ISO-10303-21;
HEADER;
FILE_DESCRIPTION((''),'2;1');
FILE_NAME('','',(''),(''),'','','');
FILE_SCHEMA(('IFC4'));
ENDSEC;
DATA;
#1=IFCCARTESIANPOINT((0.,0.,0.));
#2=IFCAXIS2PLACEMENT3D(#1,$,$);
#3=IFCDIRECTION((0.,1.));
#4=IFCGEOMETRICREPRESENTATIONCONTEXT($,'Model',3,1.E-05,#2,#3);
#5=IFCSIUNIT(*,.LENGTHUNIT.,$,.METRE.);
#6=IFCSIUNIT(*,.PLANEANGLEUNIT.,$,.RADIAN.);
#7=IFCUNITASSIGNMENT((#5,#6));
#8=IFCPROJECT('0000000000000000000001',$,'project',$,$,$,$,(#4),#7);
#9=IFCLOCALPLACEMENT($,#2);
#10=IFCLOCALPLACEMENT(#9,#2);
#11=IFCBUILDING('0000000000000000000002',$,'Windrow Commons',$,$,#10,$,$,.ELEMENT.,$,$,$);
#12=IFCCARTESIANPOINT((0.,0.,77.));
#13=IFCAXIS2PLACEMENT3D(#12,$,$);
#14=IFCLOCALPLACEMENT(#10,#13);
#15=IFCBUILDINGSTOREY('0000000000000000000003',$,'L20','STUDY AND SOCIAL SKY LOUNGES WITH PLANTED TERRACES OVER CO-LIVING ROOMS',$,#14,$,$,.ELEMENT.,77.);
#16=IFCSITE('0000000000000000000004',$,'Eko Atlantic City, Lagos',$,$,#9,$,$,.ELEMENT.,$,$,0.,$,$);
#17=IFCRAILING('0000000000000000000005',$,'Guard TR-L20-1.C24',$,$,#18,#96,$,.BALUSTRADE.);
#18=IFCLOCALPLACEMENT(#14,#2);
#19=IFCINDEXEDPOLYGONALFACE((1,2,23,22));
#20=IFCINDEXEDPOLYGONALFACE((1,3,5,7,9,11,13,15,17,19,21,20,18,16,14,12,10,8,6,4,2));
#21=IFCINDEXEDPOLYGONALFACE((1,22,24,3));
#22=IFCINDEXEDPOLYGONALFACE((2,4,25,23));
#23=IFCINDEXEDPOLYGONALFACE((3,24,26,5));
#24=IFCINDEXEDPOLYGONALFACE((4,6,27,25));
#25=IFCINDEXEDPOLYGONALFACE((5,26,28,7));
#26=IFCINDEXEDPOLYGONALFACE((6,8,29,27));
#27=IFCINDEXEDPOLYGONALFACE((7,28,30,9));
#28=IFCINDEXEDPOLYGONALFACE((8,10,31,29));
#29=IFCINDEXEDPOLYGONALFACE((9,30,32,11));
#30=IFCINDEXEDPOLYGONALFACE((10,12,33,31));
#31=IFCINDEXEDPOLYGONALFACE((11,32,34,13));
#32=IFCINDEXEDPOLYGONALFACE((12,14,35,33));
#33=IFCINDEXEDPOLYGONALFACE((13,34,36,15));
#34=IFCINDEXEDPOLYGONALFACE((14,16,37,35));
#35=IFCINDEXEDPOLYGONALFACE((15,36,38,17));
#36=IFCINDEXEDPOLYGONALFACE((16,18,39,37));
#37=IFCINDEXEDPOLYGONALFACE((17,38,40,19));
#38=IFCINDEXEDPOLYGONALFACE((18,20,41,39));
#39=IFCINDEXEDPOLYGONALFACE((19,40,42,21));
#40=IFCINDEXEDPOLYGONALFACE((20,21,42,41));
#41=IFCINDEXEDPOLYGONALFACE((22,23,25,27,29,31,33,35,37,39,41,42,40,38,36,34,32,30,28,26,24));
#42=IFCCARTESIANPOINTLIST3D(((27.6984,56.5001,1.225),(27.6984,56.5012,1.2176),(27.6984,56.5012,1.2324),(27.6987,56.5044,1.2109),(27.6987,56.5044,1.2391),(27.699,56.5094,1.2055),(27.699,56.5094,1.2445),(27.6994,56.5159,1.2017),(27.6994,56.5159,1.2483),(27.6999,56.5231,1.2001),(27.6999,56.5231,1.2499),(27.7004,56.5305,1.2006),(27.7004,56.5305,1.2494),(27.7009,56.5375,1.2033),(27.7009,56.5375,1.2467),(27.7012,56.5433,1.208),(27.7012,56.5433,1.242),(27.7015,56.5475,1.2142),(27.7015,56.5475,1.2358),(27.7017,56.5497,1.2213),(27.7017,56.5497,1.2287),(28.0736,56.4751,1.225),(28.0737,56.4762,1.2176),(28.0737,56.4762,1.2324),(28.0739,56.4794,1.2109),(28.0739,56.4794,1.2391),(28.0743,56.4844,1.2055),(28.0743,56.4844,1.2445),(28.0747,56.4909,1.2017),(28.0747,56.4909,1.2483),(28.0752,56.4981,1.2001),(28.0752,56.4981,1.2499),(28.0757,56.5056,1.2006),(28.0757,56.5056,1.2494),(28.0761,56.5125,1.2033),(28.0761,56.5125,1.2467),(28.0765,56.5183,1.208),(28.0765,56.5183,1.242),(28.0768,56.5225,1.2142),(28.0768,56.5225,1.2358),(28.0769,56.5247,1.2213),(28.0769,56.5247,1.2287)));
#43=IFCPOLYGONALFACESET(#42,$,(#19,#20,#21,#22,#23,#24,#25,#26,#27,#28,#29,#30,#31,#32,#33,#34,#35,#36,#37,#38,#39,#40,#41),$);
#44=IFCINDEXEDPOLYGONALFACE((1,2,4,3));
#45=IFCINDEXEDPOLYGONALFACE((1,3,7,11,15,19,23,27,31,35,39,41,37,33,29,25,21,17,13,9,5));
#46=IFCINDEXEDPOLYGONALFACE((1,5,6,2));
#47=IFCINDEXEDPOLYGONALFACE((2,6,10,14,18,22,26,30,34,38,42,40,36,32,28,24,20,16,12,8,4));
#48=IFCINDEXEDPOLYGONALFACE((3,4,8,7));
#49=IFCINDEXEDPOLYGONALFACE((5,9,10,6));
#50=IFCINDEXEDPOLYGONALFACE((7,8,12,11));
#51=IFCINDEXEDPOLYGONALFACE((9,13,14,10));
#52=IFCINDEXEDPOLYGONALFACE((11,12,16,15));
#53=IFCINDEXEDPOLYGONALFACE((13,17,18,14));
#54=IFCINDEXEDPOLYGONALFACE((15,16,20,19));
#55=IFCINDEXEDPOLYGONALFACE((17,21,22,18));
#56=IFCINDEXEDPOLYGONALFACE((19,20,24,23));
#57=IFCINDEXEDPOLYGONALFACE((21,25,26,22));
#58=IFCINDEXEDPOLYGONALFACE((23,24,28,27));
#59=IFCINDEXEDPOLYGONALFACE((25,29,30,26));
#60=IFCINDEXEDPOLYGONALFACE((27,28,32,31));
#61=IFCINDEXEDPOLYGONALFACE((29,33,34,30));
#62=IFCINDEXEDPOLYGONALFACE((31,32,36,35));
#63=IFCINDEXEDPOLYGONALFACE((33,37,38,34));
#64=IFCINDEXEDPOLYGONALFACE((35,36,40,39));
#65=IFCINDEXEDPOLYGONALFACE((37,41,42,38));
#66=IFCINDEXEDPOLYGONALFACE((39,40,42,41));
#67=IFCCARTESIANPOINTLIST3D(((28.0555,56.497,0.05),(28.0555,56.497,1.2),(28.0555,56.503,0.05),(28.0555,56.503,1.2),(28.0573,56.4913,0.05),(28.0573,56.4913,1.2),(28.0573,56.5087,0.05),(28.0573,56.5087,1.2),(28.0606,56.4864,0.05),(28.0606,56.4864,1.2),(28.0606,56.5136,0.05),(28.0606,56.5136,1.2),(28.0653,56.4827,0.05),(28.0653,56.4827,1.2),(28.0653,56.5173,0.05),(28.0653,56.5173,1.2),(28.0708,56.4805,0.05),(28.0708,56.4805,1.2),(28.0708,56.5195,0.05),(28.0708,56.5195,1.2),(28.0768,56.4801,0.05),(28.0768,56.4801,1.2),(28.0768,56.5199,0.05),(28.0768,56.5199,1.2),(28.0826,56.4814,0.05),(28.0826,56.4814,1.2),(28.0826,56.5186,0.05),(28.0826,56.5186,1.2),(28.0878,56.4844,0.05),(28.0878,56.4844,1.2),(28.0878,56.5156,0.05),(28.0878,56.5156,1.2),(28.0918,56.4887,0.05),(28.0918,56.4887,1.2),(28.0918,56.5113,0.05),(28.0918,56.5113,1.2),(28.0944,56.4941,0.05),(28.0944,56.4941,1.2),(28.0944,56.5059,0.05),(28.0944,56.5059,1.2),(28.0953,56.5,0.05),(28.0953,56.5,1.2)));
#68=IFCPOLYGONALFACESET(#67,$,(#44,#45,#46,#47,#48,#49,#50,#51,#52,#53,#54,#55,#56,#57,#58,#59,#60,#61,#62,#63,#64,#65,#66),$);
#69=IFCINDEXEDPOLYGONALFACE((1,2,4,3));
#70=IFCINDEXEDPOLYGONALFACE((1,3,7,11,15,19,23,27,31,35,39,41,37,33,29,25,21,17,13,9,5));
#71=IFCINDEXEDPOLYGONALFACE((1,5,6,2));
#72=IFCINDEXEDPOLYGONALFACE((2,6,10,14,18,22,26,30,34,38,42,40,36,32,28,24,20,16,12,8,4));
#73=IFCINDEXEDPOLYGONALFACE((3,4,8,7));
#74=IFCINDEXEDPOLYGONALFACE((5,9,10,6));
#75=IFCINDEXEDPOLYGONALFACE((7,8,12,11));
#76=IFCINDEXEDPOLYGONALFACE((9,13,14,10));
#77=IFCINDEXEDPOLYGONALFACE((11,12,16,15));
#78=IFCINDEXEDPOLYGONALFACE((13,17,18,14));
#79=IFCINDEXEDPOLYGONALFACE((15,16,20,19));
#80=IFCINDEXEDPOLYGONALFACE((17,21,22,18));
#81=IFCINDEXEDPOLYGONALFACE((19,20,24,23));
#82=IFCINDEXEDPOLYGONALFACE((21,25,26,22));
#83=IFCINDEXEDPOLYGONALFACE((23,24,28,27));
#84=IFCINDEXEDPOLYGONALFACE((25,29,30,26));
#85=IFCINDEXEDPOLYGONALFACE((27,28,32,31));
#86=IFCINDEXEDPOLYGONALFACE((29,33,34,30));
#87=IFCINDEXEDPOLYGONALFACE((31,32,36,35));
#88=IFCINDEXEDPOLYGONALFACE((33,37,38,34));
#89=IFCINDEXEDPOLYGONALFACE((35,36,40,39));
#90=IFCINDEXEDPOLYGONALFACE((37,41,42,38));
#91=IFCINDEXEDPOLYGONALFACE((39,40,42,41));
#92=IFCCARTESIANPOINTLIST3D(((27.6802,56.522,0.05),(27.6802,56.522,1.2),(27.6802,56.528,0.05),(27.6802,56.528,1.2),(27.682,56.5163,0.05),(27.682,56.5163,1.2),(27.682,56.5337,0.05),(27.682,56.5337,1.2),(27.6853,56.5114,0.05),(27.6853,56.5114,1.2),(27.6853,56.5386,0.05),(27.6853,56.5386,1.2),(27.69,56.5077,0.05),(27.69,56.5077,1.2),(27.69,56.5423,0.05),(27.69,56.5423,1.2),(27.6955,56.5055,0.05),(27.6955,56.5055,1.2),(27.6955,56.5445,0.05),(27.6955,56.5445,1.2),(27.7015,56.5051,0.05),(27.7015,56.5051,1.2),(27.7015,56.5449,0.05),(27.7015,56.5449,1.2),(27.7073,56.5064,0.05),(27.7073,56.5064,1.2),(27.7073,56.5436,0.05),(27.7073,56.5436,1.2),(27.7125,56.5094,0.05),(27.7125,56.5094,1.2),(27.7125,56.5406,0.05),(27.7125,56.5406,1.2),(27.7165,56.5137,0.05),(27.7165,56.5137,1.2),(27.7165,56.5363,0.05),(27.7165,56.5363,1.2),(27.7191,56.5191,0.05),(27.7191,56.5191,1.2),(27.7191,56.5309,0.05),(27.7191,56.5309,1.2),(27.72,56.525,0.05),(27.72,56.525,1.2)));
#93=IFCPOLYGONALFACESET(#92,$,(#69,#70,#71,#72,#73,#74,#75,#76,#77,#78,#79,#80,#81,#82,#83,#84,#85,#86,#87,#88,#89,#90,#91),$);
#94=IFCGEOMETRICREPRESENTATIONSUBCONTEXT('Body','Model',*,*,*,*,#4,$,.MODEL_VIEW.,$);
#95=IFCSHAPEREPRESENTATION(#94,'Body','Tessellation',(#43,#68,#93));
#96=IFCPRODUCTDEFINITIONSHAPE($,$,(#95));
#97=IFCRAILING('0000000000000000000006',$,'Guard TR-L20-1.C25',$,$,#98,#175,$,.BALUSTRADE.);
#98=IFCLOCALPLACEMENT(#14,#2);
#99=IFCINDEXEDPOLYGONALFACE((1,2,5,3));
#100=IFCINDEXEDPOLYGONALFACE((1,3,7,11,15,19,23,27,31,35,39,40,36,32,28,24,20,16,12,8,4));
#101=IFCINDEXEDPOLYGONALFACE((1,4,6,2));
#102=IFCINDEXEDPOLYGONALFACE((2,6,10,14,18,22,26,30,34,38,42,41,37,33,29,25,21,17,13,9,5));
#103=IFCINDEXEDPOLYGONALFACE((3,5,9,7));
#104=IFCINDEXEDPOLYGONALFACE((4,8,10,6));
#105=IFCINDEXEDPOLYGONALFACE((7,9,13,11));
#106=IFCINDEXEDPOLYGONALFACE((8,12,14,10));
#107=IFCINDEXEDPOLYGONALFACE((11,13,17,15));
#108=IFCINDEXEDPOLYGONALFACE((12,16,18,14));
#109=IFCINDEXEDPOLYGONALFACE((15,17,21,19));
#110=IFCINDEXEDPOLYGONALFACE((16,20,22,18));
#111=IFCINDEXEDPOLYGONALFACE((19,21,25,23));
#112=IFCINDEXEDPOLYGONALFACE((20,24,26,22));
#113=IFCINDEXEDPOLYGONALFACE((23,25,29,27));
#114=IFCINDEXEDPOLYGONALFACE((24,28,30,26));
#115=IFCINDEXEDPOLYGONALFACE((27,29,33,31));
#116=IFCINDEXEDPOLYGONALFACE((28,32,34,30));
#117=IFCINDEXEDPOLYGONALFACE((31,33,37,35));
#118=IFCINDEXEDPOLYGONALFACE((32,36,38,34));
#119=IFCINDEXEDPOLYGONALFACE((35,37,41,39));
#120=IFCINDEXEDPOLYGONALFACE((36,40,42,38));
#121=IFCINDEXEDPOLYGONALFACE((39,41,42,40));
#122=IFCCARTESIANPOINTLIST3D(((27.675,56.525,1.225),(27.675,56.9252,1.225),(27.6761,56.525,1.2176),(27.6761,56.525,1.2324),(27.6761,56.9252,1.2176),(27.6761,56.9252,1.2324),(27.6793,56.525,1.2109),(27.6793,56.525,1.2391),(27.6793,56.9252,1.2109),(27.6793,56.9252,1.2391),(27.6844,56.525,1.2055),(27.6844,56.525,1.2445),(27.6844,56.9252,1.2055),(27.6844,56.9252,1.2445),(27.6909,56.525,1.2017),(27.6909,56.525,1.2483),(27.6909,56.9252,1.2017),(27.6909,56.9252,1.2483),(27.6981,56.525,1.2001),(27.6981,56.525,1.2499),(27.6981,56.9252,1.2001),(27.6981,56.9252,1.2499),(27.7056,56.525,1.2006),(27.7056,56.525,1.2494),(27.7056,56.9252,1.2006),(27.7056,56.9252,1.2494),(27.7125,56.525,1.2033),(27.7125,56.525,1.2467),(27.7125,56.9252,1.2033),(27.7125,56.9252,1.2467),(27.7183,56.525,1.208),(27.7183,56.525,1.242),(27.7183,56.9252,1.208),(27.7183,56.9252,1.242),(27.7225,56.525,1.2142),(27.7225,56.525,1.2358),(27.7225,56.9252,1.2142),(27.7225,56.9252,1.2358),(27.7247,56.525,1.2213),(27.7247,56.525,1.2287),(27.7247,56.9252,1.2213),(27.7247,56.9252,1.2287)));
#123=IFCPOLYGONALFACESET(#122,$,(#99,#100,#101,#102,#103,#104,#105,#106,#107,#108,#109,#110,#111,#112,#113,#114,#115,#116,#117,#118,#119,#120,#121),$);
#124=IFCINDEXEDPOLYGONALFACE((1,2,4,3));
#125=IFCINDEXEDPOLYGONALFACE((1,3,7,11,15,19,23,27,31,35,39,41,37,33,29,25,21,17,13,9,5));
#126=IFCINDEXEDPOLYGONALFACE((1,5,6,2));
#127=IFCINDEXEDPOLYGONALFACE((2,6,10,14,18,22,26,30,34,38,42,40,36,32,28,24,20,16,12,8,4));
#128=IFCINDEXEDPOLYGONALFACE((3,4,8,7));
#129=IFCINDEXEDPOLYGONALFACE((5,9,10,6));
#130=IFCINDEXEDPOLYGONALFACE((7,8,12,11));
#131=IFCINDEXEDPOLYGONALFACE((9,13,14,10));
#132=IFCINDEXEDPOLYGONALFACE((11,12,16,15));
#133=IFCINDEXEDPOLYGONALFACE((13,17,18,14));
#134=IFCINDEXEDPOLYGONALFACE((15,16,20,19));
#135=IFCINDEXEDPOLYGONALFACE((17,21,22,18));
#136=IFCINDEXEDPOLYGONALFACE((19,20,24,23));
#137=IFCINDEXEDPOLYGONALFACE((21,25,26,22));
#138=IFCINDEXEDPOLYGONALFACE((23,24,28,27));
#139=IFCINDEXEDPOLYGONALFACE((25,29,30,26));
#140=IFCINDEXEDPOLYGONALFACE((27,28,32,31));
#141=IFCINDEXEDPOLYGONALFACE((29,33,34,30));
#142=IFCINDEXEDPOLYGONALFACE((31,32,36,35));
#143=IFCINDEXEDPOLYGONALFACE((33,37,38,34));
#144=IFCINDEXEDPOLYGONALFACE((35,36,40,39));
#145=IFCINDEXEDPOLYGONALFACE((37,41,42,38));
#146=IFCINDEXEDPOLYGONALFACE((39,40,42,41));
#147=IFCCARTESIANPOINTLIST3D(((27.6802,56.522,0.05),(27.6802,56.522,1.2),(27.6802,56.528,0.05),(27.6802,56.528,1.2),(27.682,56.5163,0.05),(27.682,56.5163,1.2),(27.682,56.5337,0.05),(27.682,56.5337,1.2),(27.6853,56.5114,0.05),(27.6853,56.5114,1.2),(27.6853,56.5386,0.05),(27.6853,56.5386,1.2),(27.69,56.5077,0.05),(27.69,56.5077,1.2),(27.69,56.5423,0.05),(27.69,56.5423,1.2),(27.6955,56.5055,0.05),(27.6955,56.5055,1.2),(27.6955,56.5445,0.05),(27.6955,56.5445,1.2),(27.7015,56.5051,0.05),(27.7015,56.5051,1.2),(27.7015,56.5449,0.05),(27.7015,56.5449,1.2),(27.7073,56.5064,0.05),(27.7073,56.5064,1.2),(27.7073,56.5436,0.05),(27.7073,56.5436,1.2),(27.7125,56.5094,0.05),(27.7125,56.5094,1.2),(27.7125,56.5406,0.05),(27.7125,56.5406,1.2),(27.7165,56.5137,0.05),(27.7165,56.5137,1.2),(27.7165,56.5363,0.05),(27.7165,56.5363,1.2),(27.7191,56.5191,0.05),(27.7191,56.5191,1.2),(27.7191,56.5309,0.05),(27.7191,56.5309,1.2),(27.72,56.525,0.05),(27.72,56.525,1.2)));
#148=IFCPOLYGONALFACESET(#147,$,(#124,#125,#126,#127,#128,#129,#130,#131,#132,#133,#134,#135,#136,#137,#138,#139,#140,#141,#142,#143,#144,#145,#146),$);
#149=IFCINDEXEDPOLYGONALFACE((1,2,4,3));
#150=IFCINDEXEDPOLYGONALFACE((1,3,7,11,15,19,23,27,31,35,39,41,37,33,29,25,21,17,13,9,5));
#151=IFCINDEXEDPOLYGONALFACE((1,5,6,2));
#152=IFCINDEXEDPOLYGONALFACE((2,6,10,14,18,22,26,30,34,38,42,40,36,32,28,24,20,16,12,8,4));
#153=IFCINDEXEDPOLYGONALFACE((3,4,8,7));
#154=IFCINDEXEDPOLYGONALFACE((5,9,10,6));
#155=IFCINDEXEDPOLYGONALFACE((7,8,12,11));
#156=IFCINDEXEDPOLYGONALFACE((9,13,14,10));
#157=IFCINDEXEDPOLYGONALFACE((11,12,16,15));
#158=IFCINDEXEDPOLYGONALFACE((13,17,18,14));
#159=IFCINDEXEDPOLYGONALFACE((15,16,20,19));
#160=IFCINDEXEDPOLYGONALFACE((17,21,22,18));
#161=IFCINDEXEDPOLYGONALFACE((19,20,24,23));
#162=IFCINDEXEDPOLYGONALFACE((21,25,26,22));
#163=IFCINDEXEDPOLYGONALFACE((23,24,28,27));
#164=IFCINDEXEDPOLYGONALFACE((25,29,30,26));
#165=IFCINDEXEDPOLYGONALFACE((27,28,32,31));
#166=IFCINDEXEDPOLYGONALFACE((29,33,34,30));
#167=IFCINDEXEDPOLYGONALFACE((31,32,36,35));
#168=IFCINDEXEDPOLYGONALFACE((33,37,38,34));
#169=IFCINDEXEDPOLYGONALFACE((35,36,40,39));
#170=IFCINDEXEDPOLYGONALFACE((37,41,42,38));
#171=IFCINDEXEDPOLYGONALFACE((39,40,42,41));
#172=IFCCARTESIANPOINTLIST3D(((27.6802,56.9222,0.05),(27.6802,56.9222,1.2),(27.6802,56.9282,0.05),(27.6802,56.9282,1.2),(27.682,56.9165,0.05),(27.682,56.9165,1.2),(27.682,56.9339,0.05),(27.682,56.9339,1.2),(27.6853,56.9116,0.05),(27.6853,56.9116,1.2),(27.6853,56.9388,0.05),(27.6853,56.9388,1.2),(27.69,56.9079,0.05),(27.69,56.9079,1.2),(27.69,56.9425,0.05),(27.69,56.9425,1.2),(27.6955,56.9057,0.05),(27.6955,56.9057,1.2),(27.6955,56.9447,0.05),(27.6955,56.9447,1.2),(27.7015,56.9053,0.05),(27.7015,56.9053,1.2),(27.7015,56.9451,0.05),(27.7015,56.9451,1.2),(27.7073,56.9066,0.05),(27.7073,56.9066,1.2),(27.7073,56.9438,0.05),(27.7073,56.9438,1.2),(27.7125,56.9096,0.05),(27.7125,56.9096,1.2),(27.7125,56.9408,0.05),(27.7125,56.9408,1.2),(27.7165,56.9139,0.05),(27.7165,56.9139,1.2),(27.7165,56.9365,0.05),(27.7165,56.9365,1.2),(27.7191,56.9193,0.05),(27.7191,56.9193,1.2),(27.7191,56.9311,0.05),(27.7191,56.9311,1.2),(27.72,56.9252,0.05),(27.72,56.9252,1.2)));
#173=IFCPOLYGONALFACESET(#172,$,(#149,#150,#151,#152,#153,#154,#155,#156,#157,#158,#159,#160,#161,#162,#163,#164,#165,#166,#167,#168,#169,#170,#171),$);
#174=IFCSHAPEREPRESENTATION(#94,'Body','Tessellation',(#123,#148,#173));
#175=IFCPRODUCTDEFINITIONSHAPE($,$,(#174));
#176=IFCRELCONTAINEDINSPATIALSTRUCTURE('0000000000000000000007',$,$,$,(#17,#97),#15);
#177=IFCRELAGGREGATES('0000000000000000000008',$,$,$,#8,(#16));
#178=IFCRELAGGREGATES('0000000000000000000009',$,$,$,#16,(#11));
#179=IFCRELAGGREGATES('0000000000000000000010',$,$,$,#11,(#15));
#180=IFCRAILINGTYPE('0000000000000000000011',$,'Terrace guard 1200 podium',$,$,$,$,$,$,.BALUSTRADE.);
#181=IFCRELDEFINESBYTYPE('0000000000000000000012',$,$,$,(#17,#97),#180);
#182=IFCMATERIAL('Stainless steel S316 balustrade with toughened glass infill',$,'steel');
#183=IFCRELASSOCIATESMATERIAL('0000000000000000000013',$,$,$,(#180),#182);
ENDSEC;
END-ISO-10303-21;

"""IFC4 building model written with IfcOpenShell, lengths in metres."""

from ifc_helpers import new_model, si_unit, direction, frame, origin, origin_2d, place, context, subcontext, project, spatial, circle, extrude, material, type_object, element, save


model = new_model("IFC4")

# Units and contexts
model_context = context("Model", 3, precision=1e-05, world=origin(), true_north=direction((0.0, 1.0)))
body_context = subcontext(model_context, "Body", "Model", "MODEL_VIEW")
ifc_project = project(units=[si_unit("LENGTHUNIT", "METRE"), si_unit("PLANEANGLEUNIT", "RADIAN")], contexts=[model_context])

# Site, building, storey
site_placement = place(None, origin())
site = spatial("IfcSite", under=ifc_project, at=site_placement, Name="Eko Atlantic City, Lagos", CompositionType="ELEMENT", RefElevation=0.0)
building_placement = place(site_placement, origin())
building = spatial("IfcBuilding", under=site, at=building_placement, Name="Windrow Commons", CompositionType="ELEMENT")
storey_placement = place(building_placement, frame((0.0, 0.0, 77.0)))
storey = spatial("IfcBuildingStorey", under=building, at=storey_placement, Name="L20", Description="STUDY AND SOCIAL SKY LOUNGES WITH PLANTED TERRACES OVER CO-LIVING ROOMS", CompositionType="ELEMENT", Elevation=77.0)

# Railings
ifc_material_1 = material(Name="Stainless steel S316 balustrade with toughened glass infill", Category="steel")
railing_type = type_object("IfcRailingType", Name="Terrace guard 1200 podium", PredefinedType="BALUSTRADE", material=ifc_material_1)
railing_1_placement = place(storey_placement, frame((28.0753, 56.5, 0.05)))
element("IfcRailing", 1, at=railing_1_placement, inside=storey, type_object=railing_type, Name="Guard TR-L20-1.C24", PredefinedType="BALUSTRADE", context=body_context, shape_type="SweptSolid", body=[
    extrude(circle(Radius=0.025, at=origin_2d()), frame((0.0, 0.0, 1.175), z_axis=(-0.997789, 0.066466, 0.0), x_axis=(-0.066466, -0.997789, 0.0)), (0.0, 0.0, 1.0), 0.3761),
    extrude(circle(Radius=0.02, at=origin_2d()), origin(), (0.0, 0.0, 1.0), 1.15),
    extrude(circle(Radius=0.02, at=origin_2d()), frame((-0.3753, 0.025, 0.0)), (0.0, 0.0, 1.0), 1.15),
])
railing_2_placement = place(storey_placement, frame((27.7, 56.525, 0.05)))
element("IfcRailing", 2, at=railing_2_placement, inside=storey, type_object=railing_type, Name="Guard TR-L20-1.C25", PredefinedType="BALUSTRADE", context=body_context, shape_type="SweptSolid", body=[
    extrude(circle(Radius=0.025, at=origin_2d()), frame((0.0, 0.0, 1.175), z_axis=(0.0, 1.0, 0.0), x_axis=(-1.0, 0.0, 0.0)), (0.0, 0.0, 1.0), 0.4002),
    extrude(circle(Radius=0.02, at=origin_2d()), origin(), (0.0, 0.0, 1.0), 1.15),
    extrude(circle(Radius=0.02, at=origin_2d()), frame((0.0, 0.4002, 0.0)), (0.0, 0.0, 1.0), 1.15),
])

save(model, "model.ifc")
